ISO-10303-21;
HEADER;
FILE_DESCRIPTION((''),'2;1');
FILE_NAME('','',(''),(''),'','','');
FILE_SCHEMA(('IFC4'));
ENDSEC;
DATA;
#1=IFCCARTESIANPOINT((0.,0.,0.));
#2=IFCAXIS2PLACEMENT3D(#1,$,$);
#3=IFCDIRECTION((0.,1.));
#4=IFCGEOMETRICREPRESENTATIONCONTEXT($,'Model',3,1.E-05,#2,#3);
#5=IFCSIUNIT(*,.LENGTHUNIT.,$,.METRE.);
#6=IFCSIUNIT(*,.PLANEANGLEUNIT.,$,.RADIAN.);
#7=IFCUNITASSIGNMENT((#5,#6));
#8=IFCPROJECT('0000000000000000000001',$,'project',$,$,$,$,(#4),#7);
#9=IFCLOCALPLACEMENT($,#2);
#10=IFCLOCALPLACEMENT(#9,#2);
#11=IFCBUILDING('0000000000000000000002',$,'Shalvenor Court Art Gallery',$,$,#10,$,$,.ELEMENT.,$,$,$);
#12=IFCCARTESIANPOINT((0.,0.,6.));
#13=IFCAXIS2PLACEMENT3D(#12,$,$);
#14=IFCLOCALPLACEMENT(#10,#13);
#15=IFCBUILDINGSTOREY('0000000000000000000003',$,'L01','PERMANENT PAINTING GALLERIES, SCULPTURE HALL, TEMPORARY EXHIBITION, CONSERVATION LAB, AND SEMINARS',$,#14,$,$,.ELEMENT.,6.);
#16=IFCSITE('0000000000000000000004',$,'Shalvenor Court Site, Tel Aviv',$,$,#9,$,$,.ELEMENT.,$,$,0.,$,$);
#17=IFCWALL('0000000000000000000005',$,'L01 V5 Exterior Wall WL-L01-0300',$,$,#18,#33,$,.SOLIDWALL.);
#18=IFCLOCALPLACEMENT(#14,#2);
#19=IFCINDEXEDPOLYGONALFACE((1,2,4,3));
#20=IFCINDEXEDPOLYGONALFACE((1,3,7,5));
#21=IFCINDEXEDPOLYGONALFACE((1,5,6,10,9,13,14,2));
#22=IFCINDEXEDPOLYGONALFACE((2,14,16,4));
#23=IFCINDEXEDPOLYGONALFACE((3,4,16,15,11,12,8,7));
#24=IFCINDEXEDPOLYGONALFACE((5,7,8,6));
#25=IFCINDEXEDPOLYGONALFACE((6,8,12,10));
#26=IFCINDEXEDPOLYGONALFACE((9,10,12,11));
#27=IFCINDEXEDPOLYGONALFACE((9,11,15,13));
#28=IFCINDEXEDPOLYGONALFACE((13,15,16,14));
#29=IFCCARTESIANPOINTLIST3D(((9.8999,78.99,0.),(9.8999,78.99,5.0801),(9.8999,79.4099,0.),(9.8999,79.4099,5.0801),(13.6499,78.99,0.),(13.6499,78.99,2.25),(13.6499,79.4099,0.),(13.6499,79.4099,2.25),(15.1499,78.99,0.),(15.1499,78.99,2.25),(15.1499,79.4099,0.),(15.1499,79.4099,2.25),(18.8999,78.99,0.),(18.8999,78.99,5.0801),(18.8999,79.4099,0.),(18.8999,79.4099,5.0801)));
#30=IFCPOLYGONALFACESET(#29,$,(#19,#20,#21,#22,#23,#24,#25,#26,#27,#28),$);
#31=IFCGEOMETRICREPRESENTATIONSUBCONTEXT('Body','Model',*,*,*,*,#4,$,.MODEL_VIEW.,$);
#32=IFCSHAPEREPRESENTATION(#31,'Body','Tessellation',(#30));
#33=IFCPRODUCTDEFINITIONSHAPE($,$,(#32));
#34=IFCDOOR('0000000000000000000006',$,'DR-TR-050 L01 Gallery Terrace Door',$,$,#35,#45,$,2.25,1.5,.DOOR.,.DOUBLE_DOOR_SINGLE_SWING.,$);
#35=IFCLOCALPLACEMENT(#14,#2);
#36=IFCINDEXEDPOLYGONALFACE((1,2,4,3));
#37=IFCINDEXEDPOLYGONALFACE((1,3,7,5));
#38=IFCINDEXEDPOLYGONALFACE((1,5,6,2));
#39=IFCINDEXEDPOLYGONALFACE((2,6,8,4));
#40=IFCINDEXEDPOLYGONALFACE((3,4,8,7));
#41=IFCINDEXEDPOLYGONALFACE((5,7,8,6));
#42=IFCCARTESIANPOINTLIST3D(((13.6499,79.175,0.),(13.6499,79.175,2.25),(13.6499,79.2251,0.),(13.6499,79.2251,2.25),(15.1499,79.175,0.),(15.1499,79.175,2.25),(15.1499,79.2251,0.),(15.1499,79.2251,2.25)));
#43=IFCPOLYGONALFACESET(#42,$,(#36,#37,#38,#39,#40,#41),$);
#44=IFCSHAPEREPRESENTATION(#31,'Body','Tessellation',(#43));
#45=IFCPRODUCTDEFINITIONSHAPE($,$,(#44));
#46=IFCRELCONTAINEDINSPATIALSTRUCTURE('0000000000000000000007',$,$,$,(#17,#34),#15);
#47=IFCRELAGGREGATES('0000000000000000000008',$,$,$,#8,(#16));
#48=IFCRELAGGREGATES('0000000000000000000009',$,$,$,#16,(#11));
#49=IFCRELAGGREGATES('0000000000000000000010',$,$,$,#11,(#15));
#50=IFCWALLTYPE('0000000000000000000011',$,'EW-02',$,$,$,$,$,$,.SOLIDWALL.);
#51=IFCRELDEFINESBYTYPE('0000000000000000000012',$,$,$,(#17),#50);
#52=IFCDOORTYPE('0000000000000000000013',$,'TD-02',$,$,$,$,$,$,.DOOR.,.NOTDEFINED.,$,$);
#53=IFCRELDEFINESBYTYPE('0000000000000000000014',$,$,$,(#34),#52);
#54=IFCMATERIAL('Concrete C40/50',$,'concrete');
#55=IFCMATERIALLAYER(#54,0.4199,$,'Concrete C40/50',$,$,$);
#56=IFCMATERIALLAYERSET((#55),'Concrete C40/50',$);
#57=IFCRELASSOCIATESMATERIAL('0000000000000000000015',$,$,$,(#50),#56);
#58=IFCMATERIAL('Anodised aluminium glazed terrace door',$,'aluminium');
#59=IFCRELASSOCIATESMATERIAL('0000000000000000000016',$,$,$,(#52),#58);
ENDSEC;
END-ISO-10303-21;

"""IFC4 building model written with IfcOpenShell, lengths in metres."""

from ifc_helpers import new_model, si_unit, direction, frame, frame_2d, origin, place, context, subcontext, project, spatial, rectangle, extrude, material, layer, layer_set, type_object, element, fill, save


model = new_model("IFC4")

# Units and contexts
model_context = context("Model", 3, precision=1e-05, world=origin(), true_north=direction((0.0, 1.0)))
body_context = subcontext(model_context, "Body", "Model", "MODEL_VIEW")
ifc_project = project(units=[si_unit("LENGTHUNIT", "METRE"), si_unit("PLANEANGLEUNIT", "RADIAN")], contexts=[model_context])

# Site, building, storey
site_placement = place(None, origin())
site = spatial("IfcSite", under=ifc_project, at=site_placement, Name="Shalvenor Court Site, Tel Aviv", CompositionType="ELEMENT", RefElevation=0.0)
building_placement = place(site_placement, origin())
building = spatial("IfcBuilding", under=site, at=building_placement, Name="Shalvenor Court Art Gallery", CompositionType="ELEMENT")
storey_placement = place(building_placement, frame((0.0, 0.0, 6.0)))
storey = spatial("IfcBuildingStorey", under=building, at=storey_placement, Name="L01", Description="PERMANENT PAINTING GALLERIES, SCULPTURE HALL, TEMPORARY EXHIBITION, CONSERVATION LAB, AND SEMINARS", CompositionType="ELEMENT", Elevation=6.0)

# Wall, opening, door
ifc_material_1 = material(Name="Concrete C40/50", Category="concrete")
ifc_layer_1 = layer(ifc_material_1, 0.4199, Name="Concrete C40/50")
ifc_layer_set_1 = layer_set([ifc_layer_1], Name="Concrete C40/50")
wall_type = type_object("IfcWallType", Name="EW-02", PredefinedType="SOLIDWALL", material=ifc_layer_set_1)
wall_placement = place(storey_placement, frame((18.8999, 79.2, 0.0), z_axis=(0.0, 0.0, 1.0), x_axis=(-1.0, 0.0, 0.0)))
wall = element("IfcWall", 1, at=wall_placement, inside=storey, type_object=wall_type, Name="L01 V5 Exterior Wall WL-L01-0300", PredefinedType="SOLIDWALL", context=body_context, shape_type="SweptSolid", body=[
    extrude(rectangle(XDim=9.0, YDim=0.4199, at=frame_2d((4.5, 0.0))), origin(), (0.0, 0.0, 1.0), 5.0801),
])
opening_placement = place(wall_placement, frame((3.75, 0.0, 0.0)))
opening = element("IfcOpeningElement", 2, at=opening_placement, cuts=wall, PredefinedType="OPENING", context=body_context, shape_type="SweptSolid", body=[
    extrude(rectangle(XDim=1.5, YDim=2.25, at=frame_2d((0.75, 1.125))), frame((0.0, 0.22, 0.0), z_axis=(0.0, -1.0, 0.0), x_axis=(1.0, 0.0, 0.0)), (0.0, 0.0, 1.0), 0.4399),
])
ifc_material_2 = material(Name="Anodised aluminium glazed terrace door", Category="aluminium")
door_type = type_object("IfcDoorType", Name="TD-02", OperationType="NOTDEFINED", PredefinedType="DOOR", material=ifc_material_2)
door_placement = place(opening_placement, origin())
door = element("IfcDoor", 3, at=door_placement, inside=storey, type_object=door_type, Name="DR-TR-050 L01 Gallery Terrace Door", OperationType="DOUBLE_DOOR_SINGLE_SWING", OverallHeight=2.25, OverallWidth=1.5, PredefinedType="DOOR", context=body_context, shape_type="SweptSolid", body=[
    extrude(rectangle(XDim=1.5, YDim=2.25, at=frame_2d((0.75, 1.125))), frame((0.0, 0.0249, 0.0), z_axis=(0.0, -1.0, 0.0), x_axis=(1.0, 0.0, 0.0)), (0.0, 0.0, 1.0), 0.05),
])
fill(opening, door)

save(model, "model.ifc")
